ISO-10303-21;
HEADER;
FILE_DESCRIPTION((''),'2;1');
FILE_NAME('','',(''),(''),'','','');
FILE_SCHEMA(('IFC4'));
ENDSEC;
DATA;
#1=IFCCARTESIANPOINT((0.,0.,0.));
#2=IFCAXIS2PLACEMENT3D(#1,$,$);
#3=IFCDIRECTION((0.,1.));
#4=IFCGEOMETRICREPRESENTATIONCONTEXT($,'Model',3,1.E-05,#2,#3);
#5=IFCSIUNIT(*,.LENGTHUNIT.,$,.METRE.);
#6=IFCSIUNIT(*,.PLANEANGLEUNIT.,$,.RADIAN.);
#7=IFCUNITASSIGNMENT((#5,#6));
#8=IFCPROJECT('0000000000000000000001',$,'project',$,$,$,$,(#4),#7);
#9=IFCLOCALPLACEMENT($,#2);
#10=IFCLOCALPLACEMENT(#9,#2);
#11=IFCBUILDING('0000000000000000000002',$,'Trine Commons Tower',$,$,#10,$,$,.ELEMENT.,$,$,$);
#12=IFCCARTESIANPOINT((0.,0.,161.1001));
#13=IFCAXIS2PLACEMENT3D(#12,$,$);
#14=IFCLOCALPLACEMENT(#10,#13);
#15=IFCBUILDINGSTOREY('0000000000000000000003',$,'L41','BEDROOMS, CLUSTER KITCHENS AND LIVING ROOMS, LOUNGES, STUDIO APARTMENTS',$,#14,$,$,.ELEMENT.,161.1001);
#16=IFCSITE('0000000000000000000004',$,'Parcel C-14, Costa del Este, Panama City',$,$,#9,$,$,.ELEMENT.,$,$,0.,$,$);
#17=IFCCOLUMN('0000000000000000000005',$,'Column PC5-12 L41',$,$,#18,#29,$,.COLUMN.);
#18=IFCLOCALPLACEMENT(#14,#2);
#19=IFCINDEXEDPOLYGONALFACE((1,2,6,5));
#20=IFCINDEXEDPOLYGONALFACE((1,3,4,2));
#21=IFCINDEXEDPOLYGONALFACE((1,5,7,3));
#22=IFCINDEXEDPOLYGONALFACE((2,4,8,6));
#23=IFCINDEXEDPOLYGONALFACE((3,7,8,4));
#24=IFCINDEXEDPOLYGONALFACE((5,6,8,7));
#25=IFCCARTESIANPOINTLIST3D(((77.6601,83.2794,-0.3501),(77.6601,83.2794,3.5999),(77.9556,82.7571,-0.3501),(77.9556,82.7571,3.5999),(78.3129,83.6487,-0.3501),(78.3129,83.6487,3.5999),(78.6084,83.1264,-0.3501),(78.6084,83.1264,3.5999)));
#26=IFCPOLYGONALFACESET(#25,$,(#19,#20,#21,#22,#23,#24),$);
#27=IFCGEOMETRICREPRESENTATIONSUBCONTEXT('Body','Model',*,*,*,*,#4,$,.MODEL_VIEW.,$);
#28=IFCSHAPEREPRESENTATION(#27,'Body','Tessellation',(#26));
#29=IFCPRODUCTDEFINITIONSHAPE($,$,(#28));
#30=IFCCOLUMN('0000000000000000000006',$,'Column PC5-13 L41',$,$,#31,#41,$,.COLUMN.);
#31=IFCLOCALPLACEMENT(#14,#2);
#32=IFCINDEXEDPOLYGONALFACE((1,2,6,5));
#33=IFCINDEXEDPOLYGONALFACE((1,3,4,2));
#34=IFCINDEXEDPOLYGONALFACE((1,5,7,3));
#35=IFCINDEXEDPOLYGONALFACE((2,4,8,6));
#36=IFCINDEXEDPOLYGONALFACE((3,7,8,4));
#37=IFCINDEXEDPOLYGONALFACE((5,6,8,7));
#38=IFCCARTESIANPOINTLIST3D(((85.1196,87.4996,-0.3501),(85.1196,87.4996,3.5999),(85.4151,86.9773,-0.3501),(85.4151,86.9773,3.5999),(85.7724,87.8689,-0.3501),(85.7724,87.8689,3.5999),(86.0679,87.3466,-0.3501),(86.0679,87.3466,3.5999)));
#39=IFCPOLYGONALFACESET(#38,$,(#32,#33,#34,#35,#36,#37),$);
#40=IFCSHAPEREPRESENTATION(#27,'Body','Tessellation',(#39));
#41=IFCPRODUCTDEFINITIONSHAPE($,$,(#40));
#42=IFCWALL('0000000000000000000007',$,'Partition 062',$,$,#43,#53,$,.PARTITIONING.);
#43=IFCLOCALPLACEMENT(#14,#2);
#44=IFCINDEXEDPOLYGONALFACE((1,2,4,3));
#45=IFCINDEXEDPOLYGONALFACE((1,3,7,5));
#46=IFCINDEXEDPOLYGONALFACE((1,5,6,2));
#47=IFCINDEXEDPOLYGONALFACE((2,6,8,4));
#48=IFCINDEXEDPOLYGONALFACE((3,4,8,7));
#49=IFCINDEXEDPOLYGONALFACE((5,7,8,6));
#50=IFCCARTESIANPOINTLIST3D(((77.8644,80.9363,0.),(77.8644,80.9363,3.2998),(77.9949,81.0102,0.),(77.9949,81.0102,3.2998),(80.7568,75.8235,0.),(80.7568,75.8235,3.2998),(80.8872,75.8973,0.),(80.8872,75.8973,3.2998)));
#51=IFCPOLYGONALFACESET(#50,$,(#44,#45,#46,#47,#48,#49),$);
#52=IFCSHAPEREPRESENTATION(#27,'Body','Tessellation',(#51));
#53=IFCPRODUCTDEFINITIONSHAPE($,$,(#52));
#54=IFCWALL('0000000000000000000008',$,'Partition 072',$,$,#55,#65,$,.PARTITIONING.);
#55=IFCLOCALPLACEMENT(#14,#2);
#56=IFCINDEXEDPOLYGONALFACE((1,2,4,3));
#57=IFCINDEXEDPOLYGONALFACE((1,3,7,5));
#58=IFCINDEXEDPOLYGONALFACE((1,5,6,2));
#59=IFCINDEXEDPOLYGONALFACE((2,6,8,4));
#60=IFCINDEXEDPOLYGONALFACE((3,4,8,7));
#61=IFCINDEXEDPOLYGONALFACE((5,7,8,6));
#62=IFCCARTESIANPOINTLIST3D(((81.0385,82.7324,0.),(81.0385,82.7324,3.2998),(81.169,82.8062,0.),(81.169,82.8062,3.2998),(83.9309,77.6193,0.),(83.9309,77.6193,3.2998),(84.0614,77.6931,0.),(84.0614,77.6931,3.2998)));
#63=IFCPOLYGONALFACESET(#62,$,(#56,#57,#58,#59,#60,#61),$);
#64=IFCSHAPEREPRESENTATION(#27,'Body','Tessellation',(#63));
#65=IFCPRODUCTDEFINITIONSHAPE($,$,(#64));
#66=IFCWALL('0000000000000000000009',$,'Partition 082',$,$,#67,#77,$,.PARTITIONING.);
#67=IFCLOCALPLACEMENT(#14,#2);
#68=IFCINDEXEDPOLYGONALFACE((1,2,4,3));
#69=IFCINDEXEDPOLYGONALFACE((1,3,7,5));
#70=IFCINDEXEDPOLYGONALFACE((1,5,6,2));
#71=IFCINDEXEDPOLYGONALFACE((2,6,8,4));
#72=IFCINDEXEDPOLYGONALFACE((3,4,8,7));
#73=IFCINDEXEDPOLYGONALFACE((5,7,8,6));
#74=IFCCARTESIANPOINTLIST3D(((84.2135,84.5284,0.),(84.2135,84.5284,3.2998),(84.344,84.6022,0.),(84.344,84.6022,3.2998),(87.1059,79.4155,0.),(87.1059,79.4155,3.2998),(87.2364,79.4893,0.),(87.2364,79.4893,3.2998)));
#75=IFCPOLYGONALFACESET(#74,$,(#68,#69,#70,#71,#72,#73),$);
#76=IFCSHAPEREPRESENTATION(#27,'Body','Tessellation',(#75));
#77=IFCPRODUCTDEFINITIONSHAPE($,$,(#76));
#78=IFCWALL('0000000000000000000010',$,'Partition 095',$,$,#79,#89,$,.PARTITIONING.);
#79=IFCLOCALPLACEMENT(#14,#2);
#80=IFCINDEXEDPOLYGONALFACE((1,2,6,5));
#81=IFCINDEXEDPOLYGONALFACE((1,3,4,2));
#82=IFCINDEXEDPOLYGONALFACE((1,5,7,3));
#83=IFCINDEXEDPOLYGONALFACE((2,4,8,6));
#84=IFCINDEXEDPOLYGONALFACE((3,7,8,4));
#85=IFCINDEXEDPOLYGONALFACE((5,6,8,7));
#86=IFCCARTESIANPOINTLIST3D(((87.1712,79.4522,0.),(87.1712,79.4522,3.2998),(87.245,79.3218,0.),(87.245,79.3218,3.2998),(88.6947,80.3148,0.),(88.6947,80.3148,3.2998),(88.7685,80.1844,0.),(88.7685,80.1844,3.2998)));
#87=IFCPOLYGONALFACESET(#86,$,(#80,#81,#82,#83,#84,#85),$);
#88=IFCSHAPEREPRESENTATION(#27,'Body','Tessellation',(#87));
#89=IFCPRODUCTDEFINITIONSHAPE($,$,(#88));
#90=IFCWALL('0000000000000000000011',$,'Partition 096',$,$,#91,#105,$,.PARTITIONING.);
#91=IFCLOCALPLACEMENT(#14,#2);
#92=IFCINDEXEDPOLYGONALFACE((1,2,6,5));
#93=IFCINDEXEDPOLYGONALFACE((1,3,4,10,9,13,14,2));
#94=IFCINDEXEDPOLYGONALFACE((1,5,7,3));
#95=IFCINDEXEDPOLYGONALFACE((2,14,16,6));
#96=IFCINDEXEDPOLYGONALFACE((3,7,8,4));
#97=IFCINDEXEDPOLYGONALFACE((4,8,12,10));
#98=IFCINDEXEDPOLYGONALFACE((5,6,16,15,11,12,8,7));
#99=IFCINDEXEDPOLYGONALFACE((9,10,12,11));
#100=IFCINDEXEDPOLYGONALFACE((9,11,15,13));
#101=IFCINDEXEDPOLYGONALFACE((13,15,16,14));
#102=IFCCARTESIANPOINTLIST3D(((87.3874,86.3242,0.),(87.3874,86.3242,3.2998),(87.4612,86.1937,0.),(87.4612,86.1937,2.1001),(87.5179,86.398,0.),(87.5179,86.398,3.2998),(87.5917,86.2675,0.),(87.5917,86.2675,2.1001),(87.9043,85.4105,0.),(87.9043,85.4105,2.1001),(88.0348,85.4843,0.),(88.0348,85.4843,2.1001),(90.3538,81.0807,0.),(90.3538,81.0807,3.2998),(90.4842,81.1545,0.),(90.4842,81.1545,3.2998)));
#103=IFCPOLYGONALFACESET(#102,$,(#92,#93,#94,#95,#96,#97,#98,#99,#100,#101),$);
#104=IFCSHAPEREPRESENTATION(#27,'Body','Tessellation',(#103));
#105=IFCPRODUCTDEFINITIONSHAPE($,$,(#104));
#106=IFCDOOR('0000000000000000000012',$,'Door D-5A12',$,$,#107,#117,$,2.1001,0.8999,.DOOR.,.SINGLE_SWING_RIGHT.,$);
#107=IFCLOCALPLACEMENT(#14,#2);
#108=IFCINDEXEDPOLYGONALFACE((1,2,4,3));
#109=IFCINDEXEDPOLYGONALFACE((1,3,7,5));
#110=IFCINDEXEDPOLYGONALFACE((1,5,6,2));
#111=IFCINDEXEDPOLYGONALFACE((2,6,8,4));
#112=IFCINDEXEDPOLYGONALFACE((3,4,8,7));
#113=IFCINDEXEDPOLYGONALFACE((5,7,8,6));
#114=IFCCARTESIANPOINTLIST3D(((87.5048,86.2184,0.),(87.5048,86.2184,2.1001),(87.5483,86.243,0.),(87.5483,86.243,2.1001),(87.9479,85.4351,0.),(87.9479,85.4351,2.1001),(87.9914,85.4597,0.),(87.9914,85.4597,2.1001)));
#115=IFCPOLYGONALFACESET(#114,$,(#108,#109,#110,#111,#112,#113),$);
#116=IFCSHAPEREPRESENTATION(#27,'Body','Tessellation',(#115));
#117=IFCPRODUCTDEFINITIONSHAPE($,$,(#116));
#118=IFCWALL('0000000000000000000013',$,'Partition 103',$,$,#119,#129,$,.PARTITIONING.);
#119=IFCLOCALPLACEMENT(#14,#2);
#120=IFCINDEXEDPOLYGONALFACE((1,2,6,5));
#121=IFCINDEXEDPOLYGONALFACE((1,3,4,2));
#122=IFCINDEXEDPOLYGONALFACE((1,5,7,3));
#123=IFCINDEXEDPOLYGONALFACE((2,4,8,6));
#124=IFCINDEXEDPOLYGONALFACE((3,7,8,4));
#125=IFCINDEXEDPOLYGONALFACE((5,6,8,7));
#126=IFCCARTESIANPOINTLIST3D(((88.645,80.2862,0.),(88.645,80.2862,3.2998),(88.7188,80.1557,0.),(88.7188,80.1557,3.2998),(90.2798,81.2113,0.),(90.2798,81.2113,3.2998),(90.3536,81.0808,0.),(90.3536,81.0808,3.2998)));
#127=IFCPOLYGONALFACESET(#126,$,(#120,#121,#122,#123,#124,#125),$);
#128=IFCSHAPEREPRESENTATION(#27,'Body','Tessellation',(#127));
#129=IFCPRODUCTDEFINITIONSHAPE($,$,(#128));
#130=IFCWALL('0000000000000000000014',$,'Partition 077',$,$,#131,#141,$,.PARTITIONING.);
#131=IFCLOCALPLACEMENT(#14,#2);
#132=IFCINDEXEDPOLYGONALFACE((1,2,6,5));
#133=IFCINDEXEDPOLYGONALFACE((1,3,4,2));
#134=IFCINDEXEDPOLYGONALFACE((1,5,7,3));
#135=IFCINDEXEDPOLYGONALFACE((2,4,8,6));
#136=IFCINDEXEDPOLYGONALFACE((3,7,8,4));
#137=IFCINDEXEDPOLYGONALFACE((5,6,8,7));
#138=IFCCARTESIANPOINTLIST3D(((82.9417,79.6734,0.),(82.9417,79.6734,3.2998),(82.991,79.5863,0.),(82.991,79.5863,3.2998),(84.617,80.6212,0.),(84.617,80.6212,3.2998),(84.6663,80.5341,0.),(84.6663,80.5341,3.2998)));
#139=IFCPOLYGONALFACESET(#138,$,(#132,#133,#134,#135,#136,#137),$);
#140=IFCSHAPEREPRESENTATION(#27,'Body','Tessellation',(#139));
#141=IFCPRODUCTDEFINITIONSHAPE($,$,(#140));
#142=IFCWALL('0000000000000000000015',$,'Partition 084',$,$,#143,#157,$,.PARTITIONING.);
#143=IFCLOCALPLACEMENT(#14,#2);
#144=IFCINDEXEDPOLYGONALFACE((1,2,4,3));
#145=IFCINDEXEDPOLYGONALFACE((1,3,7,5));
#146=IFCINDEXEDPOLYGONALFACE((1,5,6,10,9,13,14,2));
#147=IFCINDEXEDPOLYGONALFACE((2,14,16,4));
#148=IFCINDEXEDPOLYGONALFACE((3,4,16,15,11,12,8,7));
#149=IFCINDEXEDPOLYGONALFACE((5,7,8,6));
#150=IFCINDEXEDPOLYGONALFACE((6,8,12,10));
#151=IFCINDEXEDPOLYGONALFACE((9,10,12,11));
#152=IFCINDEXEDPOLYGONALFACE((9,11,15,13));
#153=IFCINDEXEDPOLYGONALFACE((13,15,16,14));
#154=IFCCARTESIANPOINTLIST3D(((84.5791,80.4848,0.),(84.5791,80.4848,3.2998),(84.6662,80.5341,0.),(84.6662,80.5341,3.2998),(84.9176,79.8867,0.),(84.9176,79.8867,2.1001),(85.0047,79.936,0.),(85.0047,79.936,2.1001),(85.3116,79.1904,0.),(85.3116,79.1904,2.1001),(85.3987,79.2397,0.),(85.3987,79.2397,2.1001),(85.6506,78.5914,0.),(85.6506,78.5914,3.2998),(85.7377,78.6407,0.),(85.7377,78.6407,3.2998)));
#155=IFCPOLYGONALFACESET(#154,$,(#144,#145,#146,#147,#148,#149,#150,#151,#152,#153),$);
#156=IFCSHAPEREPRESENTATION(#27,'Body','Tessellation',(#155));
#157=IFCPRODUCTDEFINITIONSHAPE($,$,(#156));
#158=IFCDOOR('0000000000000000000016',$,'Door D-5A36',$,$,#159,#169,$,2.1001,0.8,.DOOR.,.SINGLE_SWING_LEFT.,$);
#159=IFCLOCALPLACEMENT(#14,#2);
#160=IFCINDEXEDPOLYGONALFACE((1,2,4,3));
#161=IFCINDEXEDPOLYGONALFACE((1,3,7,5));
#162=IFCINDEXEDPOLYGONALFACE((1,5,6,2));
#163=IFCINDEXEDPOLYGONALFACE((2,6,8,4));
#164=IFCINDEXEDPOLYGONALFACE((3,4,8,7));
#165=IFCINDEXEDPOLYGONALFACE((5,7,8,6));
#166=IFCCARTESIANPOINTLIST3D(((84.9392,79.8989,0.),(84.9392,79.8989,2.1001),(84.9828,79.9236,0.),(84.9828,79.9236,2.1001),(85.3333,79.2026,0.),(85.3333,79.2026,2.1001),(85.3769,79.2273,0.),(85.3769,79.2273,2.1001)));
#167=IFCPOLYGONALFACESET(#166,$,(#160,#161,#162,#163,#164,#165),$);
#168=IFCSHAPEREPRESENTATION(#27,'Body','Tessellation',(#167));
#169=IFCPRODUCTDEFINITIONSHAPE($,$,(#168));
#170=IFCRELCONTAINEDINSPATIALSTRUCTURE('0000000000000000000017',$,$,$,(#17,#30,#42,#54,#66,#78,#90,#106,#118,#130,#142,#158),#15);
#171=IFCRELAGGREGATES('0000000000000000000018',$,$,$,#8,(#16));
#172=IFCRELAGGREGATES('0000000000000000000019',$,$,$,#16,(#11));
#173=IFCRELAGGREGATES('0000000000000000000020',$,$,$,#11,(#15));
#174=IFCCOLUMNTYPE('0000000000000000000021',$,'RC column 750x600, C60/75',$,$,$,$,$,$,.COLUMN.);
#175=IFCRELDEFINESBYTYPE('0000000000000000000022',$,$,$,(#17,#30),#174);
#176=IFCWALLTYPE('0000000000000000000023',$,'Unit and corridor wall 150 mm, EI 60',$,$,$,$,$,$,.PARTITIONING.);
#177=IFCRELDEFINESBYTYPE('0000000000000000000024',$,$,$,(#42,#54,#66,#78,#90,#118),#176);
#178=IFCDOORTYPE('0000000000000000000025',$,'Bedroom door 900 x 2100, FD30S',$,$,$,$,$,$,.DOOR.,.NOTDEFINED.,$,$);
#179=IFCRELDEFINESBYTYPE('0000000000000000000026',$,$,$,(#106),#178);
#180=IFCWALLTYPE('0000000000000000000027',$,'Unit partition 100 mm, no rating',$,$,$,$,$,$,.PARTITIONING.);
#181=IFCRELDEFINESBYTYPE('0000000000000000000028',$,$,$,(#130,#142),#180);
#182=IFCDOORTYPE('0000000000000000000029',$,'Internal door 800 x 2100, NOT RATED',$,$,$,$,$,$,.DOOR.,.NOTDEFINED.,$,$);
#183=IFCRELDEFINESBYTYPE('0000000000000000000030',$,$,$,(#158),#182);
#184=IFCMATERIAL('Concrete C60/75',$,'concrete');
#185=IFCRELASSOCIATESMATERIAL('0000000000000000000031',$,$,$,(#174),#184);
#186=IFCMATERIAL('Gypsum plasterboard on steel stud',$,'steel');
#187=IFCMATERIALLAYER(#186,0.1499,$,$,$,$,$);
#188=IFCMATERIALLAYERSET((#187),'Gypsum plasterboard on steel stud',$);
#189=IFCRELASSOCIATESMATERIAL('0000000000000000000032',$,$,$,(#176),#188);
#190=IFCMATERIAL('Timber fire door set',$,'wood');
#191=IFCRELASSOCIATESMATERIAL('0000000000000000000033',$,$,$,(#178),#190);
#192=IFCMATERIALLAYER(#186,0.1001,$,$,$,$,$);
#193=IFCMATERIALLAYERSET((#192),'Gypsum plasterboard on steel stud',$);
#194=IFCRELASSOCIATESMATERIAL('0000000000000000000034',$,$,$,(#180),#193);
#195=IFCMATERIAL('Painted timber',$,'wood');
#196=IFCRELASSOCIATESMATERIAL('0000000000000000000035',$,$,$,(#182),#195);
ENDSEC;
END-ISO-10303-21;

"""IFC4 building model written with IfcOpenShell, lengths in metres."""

from ifc_helpers import new_model, si_unit, direction, frame, frame_2d, origin, origin_2d, place, context, subcontext, project, spatial, rectangle, extrude, material, layer, layer_set, material_profile, profile_set, type_object, element, fill, save


model = new_model("IFC4")

# Units and contexts
model_context = context("Model", 3, precision=1e-05, world=origin(), true_north=direction((0.0, 1.0)))
body_context = subcontext(model_context, "Body", "Model", "MODEL_VIEW")
ifc_project = project(units=[si_unit("LENGTHUNIT", "METRE"), si_unit("PLANEANGLEUNIT", "RADIAN")], contexts=[model_context])

# Site, building, storey
site_placement = place(None, origin())
site = spatial("IfcSite", under=ifc_project, at=site_placement, Name="Parcel C-14, Costa del Este, Panama City", CompositionType="ELEMENT", RefElevation=0.0)
building_placement = place(site_placement, origin())
building = spatial("IfcBuilding", under=site, at=building_placement, Name="Trine Commons Tower", CompositionType="ELEMENT")
storey_placement = place(building_placement, frame((0.0, 0.0, 161.1001)))
storey = spatial("IfcBuildingStorey", under=building, at=storey_placement, Name="L41", Description="BEDROOMS, CLUSTER KITCHENS AND LIVING ROOMS, LOUNGES, STUDIO APARTMENTS", CompositionType="ELEMENT", Elevation=161.1001)

# Columns
ifc_material_1 = material(Name="Concrete C60/75", Category="concrete")
ifc_material_profile = material_profile(ifc_material_1, rectangle(XDim=0.75, YDim=0.6001, at=origin_2d()), Name="RC 750x600")
ifc_profile_set = profile_set([ifc_material_profile], Name="Concrete C60/75")
column_type = type_object("IfcColumnType", Name="RC column 750x600, C60/75", PredefinedType="COLUMN", material=ifc_profile_set)
for number, where, z_axis, x_axis, name in (
    (1, (78.1343, 83.2029, -0.3501), (0.0, 0.0, 1.0), (0.870356, 0.492424, 0.0), "Column PC5-12 L41"),
    (2, (85.5938, 87.4231, -0.3501), (0.0, 0.0, 1.0), (0.870356, 0.492424, 0.0), "Column PC5-13 L41"),
):
    element("IfcColumn", number, at=place(storey_placement, frame(where, z_axis=z_axis, x_axis=x_axis)), inside=storey, type_object=column_type, Name=name, PredefinedType="COLUMN", context=body_context, shape_type="SweptSolid", body=[
        extrude(rectangle(XDim=0.75, YDim=0.6001, at=origin_2d()), origin(), (0.0, 0.0, 1.0), 3.95),
    ])

# Walls
ifc_material_2 = material(Name="Gypsum plasterboard on steel stud", Category="steel")
ifc_layer_1 = layer(ifc_material_2, 0.1499)
ifc_layer_set_1 = layer_set([ifc_layer_1], Name="Gypsum plasterboard on steel stud")
wall_type_1 = type_object("IfcWallType", Name="Unit and corridor wall 150 mm, EI 60", PredefinedType="PARTITIONING", material=ifc_layer_set_1)
wall_1_placement = place(storey_placement, frame((77.9297, 80.9731, 0.0), z_axis=(0.0, 0.0, 1.0), x_axis=(0.492379, -0.870381, 0.0)))
element("IfcWall", 3, at=wall_1_placement, inside=storey, type_object=wall_type_1, Name="Partition 062", PredefinedType="PARTITIONING", context=body_context, shape_type="SweptSolid", body=[
    extrude(rectangle(XDim=5.8743, YDim=0.1499, at=frame_2d((2.937, 0.0))), origin(), (0.0, 0.0, 1.0), 3.2998),
])
wall_2_placement = place(storey_placement, frame((81.1038, 82.7693, 0.0), z_axis=(0.0, 0.0, 1.0), x_axis=(0.492361, -0.870391, 0.0)))
element("IfcWall", 4, at=wall_2_placement, inside=storey, type_object=wall_type_1, Name="Partition 072", PredefinedType="PARTITIONING", context=body_context, shape_type="SweptSolid", body=[
    extrude(rectangle(XDim=5.8745, YDim=0.1499, at=frame_2d((2.9373, 0.0))), origin(), (0.0, 0.0, 1.0), 3.2998),
])
wall_3_placement = place(storey_placement, frame((84.2788, 84.5652, 0.0), z_axis=(0.0, 0.0, 1.0), x_axis=(0.492379, -0.870381, 0.0)))
element("IfcWall", 5, at=wall_3_placement, inside=storey, type_object=wall_type_1, Name="Partition 082", PredefinedType="PARTITIONING", context=body_context, shape_type="SweptSolid", body=[
    extrude(rectangle(XDim=5.8743, YDim=0.1499, at=frame_2d((2.937, 0.0))), origin(), (0.0, 0.0, 1.0), 3.2998),
])
wall_4_placement = place(storey_placement, frame((87.208, 79.387, 0.0), z_axis=(0.0, 0.0, 1.0), x_axis=(0.870202, 0.492696, 0.0)))
element("IfcWall", 6, at=wall_4_placement, inside=storey, type_object=wall_type_1, Name="Partition 095", PredefinedType="PARTITIONING", context=body_context, shape_type="SweptSolid", body=[
    extrude(rectangle(XDim=1.7507, YDim=0.1499, at=frame_2d((0.8755, 0.0))), origin(), (0.0, 0.0, 1.0), 3.2998),
])

# Wall, opening, door
wall_5_placement = place(storey_placement, frame((87.4526, 86.3611, 0.0), z_axis=(0.0, 0.0, 1.0), x_axis=(0.49239, -0.870375, 0.0)))
wall_5 = element("IfcWall", 7, at=wall_5_placement, inside=storey, type_object=wall_type_1, Name="Partition 096", PredefinedType="PARTITIONING", context=body_context, shape_type="SweptSolid", body=[
    extrude(rectangle(XDim=6.0244, YDim=0.1499, at=frame_2d((3.0122, 0.0))), origin(), (0.0, 0.0, 1.0), 3.2998),
])
opening_1_placement = place(wall_5_placement, frame((0.1499, 0.0, 0.0)))
opening_1 = element("IfcOpeningElement", 8, at=opening_1_placement, cuts=wall_5, PredefinedType="OPENING", context=body_context, shape_type="SweptSolid", body=[
    extrude(rectangle(XDim=0.8999, YDim=2.1001, at=frame_2d((0.45, 1.05))), frame((0.0, 0.085, 0.0), z_axis=(0.0, -1.0, 0.0), x_axis=(1.0, 0.0, 0.0)), (0.0, 0.0, 1.0), 0.1699),
])
ifc_material_3 = material(Name="Timber fire door set", Category="wood")
door_type_1 = type_object("IfcDoorType", Name="Bedroom door 900 x 2100, FD30S", OperationType="NOTDEFINED", PredefinedType="DOOR", material=ifc_material_3)
door_1_placement = place(opening_1_placement, frame((0.8999, 0.0, 0.0), z_axis=(0.0, 0.0, 1.0), x_axis=(-1.0, 0.0, 0.0)))
door_1 = element("IfcDoor", 9, at=door_1_placement, inside=storey, type_object=door_type_1, Name="Door D-5A12", OperationType="SINGLE_SWING_RIGHT", OverallHeight=2.1001, OverallWidth=0.8999, PredefinedType="DOOR", context=body_context, shape_type="SweptSolid", body=[
    extrude(rectangle(XDim=0.8999, YDim=2.1001, at=frame_2d((0.45, 1.05))), frame((0.0, 0.0249, 0.0), z_axis=(0.0, -1.0, 0.0), x_axis=(1.0, 0.0, 0.0)), (0.0, 0.0, 1.0), 0.05),
])
fill(opening_1, door_1)

# Walls
wall_6_placement = place(storey_placement, frame((88.6819, 80.2209, 0.0), z_axis=(0.0, 0.0, 1.0), x_axis=(0.870323, 0.492481, 0.0)))
element("IfcWall", 10, at=wall_6_placement, inside=storey, type_object=wall_type_1, Name="Partition 103", PredefinedType="PARTITIONING", context=body_context, shape_type="SweptSolid", body=[
    extrude(rectangle(XDim=1.8784, YDim=0.1499, at=frame_2d((0.9392, 0.0))), origin(), (0.0, 0.0, 1.0), 3.2998),
])
ifc_layer_2 = layer(ifc_material_2, 0.1001)
ifc_layer_set_2 = layer_set([ifc_layer_2], Name="Gypsum plasterboard on steel stud")
wall_type_2 = type_object("IfcWallType", Name="Unit partition 100 mm, no rating", PredefinedType="PARTITIONING", material=ifc_layer_set_2)
wall_7_placement = place(storey_placement, frame((82.9663, 79.6299, 0.0), z_axis=(0.0, 0.0, 1.0), x_axis=(0.870374, 0.492392, 0.0)))
element("IfcWall", 11, at=wall_7_placement, inside=storey, type_object=wall_type_2, Name="Partition 077", PredefinedType="PARTITIONING", context=body_context, shape_type="SweptSolid", body=[
    extrude(rectangle(XDim=1.9248, YDim=0.1001, at=frame_2d((0.9624, 0.0))), origin(), (0.0, 0.0, 1.0), 3.2998),
])

# Wall, opening, door
wall_8_placement = place(storey_placement, frame((84.6226, 80.5095, 0.0), z_axis=(0.0, 0.0, 1.0), x_axis=(0.492545, -0.870287, 0.0)))
wall_8 = element("IfcWall", 12, at=wall_8_placement, inside=storey, type_object=wall_type_2, Name="Partition 084", PredefinedType="PARTITIONING", context=body_context, shape_type="SweptSolid", body=[
    extrude(rectangle(XDim=2.1755, YDim=0.1001, at=frame_2d((1.0879, 0.0))), origin(), (0.0, 0.0, 1.0), 3.2998),
])
opening_2_placement = place(wall_8_placement, frame((0.6875, 0.0, 0.0)))
opening_2 = element("IfcOpeningElement", 13, at=opening_2_placement, cuts=wall_8, PredefinedType="OPENING", context=body_context, shape_type="SweptSolid", body=[
    extrude(rectangle(XDim=0.8, YDim=2.1001, at=frame_2d((0.3999, 1.05))), frame((0.0, 0.0601, 0.0), z_axis=(0.0, -1.0, 0.0), x_axis=(1.0, 0.0, 0.0)), (0.0, 0.0, 1.0), 0.1201),
])
ifc_material_4 = material(Name="Painted timber", Category="wood")
door_type_2 = type_object("IfcDoorType", Name="Internal door 800 x 2100, NOT RATED", OperationType="NOTDEFINED", PredefinedType="DOOR", material=ifc_material_4)
door_2_placement = place(opening_2_placement, origin())
door_2 = element("IfcDoor", 14, at=door_2_placement, inside=storey, type_object=door_type_2, Name="Door D-5A36", OperationType="SINGLE_SWING_LEFT", OverallHeight=2.1001, OverallWidth=0.8, PredefinedType="DOOR", context=body_context, shape_type="SweptSolid", body=[
    extrude(rectangle(XDim=0.8, YDim=2.1001, at=frame_2d((0.3999, 1.05))), frame((0.0, 0.0249, 0.0), z_axis=(0.0, -1.0, 0.0), x_axis=(1.0, 0.0, 0.0)), (0.0, 0.0, 1.0), 0.05),
])
fill(opening_2, door_2)

save(model, "model.ifc")
